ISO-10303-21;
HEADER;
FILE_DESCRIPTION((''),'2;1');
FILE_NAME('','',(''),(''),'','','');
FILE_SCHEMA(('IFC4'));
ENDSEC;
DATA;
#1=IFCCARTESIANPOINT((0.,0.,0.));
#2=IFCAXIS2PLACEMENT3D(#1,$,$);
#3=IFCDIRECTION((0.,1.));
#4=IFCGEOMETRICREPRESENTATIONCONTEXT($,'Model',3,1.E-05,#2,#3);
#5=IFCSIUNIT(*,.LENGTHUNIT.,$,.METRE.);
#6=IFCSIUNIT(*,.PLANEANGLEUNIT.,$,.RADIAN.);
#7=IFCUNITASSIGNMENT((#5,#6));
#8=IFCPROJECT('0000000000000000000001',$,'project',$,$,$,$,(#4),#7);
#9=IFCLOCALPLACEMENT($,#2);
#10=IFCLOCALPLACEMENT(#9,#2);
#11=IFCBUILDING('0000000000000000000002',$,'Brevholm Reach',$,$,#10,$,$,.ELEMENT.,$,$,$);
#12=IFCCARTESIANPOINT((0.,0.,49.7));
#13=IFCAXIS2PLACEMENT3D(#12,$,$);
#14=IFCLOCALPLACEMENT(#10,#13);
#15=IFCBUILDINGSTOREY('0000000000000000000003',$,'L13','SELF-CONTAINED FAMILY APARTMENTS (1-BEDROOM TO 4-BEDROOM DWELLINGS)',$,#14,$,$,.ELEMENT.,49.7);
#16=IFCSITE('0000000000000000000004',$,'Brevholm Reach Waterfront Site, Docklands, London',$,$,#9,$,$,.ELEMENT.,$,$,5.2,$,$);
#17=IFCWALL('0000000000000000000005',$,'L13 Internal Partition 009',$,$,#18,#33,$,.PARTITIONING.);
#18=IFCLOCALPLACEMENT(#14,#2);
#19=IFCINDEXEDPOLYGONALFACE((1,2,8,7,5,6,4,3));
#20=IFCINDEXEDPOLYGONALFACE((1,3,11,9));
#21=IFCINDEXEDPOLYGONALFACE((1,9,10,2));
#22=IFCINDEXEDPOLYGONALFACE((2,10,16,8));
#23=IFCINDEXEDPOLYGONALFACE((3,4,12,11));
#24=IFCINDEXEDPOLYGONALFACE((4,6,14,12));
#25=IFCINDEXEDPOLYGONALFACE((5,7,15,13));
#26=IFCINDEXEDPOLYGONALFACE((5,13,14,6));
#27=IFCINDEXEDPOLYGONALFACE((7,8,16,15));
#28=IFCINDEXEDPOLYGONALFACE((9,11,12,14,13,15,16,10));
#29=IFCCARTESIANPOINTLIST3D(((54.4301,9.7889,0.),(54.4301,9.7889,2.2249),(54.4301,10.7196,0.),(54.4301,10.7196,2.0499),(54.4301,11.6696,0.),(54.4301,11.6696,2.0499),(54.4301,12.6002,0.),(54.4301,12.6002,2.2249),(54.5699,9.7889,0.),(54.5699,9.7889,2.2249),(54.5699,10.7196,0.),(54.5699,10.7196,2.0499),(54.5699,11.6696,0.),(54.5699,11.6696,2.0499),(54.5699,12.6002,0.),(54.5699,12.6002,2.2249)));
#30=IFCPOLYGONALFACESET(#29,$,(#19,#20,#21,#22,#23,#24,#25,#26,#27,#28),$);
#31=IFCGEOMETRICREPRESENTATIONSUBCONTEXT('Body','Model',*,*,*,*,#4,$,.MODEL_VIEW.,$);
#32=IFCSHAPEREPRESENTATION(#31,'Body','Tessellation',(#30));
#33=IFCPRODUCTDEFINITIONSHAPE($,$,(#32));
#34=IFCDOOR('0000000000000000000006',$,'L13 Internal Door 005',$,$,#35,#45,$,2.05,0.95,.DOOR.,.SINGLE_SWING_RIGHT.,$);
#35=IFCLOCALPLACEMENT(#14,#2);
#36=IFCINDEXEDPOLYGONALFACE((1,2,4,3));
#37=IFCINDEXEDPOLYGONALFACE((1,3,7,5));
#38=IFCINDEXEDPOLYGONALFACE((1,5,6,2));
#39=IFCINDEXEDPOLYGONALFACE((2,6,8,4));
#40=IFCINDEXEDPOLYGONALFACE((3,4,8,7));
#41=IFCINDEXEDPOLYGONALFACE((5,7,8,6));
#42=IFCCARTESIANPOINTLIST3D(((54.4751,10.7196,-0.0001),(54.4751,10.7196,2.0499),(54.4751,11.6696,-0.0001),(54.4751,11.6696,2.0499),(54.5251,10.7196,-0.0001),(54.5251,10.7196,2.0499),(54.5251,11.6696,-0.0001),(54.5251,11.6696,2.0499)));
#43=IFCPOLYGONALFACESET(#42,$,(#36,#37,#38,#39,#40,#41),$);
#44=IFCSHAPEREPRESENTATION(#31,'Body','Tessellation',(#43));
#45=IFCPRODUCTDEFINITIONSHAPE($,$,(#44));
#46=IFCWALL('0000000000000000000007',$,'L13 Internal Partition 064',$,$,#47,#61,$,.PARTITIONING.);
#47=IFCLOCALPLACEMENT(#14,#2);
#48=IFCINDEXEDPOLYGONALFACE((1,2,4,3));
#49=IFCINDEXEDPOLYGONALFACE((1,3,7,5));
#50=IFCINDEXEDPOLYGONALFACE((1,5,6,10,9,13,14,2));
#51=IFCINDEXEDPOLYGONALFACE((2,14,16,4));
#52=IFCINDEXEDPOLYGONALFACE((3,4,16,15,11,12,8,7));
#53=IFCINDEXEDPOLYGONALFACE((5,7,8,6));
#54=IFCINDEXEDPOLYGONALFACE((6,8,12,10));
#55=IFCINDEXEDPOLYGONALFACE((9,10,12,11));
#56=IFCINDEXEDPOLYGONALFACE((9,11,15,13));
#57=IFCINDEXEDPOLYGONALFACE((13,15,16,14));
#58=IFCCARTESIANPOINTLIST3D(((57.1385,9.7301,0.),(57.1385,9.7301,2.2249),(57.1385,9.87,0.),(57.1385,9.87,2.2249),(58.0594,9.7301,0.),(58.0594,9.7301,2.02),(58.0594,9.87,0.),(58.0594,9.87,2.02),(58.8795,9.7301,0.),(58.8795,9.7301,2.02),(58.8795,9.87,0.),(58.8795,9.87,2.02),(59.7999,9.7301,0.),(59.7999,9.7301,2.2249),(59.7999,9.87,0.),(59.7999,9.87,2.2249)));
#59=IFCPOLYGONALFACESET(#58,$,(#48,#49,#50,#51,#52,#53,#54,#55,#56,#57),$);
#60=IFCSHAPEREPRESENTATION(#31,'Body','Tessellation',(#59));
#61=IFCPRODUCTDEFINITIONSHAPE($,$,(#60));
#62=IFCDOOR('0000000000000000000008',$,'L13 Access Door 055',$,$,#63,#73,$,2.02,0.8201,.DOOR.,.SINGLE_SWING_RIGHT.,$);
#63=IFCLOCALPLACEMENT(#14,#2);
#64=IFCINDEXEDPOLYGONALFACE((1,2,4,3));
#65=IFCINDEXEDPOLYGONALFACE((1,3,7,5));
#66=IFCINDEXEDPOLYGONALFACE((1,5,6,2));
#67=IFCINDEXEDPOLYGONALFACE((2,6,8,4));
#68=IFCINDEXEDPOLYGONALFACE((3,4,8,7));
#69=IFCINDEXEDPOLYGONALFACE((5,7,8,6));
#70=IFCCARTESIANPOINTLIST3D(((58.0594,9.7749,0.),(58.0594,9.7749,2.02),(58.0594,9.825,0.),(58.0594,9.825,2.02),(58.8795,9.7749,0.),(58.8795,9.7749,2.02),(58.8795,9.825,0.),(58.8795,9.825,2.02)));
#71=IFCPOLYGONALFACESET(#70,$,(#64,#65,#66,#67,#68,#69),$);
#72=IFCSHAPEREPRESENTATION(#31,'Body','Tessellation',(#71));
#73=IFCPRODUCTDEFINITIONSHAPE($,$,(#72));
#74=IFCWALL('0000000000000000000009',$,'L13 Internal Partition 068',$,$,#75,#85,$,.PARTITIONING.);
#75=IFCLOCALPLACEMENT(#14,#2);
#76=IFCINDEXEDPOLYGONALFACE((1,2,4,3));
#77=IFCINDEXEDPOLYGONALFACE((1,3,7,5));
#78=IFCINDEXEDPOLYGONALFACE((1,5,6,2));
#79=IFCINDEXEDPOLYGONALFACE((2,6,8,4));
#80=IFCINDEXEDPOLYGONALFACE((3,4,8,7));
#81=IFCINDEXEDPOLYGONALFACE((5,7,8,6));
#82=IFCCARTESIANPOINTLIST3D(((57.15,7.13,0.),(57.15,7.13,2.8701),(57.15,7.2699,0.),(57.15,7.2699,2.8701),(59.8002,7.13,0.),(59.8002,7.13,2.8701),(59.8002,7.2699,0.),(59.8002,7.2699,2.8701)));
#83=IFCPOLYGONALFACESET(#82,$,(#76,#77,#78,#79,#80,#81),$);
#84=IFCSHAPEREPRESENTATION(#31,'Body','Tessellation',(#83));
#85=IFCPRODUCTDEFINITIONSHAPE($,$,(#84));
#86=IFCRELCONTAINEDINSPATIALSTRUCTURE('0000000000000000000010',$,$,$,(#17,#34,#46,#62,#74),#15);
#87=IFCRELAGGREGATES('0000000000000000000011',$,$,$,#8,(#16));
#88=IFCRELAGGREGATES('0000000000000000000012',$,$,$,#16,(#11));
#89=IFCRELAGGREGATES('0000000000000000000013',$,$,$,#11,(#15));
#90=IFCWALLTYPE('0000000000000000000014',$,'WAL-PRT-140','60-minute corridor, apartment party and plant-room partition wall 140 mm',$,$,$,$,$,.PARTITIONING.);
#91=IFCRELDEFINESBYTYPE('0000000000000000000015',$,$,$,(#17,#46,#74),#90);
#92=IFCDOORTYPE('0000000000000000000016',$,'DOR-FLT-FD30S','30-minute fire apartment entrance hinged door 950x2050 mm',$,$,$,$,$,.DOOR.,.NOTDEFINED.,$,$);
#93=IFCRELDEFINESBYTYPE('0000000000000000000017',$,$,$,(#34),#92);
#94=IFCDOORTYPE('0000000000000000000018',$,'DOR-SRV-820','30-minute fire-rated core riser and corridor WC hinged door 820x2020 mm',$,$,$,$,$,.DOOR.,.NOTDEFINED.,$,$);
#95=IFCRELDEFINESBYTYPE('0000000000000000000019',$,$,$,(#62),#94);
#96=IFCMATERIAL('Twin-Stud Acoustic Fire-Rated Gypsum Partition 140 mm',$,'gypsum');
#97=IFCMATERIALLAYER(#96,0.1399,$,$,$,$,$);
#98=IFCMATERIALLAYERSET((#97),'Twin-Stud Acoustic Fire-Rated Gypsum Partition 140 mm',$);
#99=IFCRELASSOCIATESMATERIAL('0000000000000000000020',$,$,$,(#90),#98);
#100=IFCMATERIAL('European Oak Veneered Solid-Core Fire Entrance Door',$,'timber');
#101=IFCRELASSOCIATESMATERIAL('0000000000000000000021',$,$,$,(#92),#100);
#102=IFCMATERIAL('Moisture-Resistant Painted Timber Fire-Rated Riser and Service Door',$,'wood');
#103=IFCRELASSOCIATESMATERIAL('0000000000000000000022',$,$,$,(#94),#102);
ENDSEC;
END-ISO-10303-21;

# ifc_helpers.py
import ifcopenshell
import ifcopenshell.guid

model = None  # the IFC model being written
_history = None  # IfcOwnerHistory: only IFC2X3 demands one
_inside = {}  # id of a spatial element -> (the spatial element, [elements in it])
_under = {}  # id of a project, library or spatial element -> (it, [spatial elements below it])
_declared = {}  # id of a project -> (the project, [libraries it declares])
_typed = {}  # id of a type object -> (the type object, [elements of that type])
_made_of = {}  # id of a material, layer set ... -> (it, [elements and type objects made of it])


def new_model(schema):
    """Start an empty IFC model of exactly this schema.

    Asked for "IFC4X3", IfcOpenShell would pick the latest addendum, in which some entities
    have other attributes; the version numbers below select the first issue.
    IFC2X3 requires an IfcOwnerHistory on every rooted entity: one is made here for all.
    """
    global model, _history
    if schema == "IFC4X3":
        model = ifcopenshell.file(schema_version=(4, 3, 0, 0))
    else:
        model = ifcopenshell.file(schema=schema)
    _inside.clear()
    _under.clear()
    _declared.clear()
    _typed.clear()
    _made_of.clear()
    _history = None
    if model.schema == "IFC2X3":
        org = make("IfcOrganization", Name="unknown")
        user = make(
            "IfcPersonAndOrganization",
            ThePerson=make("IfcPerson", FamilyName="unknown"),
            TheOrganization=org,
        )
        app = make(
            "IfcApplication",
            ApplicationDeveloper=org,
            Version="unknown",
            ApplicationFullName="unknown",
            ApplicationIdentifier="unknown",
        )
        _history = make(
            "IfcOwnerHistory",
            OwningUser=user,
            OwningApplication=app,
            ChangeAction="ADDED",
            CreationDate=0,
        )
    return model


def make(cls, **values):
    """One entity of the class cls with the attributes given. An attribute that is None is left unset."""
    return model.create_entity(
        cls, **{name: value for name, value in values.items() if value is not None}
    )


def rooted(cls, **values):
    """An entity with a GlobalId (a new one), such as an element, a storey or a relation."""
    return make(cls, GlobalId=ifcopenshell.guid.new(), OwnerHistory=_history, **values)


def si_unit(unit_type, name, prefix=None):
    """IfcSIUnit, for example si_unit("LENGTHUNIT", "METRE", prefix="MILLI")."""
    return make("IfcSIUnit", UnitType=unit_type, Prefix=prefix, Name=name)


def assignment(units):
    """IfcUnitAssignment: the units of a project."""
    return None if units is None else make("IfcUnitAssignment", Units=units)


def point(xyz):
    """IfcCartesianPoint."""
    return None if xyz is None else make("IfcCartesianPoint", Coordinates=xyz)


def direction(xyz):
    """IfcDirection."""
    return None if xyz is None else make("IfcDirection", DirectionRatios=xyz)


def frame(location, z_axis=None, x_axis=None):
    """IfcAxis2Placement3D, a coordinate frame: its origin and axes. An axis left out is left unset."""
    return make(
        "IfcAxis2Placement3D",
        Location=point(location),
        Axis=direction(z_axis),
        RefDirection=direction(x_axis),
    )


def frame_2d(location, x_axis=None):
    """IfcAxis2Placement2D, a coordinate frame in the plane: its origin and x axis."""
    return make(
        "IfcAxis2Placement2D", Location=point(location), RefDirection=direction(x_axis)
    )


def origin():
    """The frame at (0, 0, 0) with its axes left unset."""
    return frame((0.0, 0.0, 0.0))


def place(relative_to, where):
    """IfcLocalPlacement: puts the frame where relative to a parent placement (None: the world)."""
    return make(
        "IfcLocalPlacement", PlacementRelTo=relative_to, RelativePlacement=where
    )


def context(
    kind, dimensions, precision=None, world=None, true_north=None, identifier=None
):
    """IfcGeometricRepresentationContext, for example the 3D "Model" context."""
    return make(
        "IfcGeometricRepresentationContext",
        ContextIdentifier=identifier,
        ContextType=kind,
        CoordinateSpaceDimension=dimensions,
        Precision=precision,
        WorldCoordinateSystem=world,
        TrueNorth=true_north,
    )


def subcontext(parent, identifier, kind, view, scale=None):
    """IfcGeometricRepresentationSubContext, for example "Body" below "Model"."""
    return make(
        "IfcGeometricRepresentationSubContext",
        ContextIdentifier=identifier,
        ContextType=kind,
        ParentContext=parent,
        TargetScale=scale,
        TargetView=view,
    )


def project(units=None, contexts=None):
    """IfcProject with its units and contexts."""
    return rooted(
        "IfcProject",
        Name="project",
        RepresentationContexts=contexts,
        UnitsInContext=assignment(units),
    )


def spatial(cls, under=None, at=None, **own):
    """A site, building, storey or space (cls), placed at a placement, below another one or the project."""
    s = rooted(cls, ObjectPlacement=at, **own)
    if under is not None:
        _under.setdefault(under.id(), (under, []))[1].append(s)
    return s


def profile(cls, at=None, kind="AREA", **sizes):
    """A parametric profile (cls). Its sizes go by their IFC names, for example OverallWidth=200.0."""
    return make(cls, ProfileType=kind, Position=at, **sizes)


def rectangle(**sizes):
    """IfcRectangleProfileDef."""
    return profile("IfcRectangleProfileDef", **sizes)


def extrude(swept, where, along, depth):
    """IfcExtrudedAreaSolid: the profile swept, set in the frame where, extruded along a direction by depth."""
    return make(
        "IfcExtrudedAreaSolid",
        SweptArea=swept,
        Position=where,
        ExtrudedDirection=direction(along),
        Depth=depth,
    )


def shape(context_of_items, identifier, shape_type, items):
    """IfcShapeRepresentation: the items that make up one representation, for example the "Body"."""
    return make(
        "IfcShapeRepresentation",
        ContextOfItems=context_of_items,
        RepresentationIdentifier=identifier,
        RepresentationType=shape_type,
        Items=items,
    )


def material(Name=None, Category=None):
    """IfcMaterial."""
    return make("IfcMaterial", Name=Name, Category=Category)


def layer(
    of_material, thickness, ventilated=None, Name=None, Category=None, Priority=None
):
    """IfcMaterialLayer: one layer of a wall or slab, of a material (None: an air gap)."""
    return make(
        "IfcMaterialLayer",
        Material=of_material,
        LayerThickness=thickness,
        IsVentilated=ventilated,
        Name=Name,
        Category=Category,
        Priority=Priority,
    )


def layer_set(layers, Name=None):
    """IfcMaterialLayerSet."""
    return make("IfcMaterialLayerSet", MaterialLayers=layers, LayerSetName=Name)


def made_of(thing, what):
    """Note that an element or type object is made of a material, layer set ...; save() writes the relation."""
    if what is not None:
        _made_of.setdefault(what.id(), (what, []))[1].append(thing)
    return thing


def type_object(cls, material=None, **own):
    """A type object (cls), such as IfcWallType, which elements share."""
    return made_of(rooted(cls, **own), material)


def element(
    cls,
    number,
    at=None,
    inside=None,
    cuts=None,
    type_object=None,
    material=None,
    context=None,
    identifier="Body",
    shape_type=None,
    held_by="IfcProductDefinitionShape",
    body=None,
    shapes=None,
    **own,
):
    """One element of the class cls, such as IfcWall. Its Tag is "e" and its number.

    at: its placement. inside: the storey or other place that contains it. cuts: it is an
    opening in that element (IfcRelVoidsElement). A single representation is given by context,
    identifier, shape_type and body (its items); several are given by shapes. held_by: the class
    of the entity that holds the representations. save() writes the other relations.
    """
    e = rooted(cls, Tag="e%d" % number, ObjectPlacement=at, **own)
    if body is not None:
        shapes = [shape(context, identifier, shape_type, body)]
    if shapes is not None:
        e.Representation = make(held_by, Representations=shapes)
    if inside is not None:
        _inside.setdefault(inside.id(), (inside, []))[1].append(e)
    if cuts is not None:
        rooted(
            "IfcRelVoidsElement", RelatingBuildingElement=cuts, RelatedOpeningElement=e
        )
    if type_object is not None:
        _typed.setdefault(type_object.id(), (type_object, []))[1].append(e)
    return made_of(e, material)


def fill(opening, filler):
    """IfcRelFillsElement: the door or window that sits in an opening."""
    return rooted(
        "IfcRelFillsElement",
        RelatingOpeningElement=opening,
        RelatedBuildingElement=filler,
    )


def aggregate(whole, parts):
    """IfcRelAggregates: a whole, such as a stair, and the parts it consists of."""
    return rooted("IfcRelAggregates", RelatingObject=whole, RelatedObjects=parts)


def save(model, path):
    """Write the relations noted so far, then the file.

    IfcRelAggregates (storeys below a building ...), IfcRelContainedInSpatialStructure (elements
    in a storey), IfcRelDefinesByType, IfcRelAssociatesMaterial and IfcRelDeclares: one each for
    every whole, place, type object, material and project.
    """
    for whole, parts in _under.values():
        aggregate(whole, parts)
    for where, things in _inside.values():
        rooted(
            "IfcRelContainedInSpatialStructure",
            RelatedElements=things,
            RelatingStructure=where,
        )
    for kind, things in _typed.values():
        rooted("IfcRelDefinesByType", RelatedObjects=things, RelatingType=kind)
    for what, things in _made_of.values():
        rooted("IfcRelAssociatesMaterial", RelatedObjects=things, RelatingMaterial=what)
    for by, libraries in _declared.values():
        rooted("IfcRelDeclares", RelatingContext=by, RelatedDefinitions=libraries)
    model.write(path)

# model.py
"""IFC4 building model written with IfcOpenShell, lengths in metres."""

from ifc_helpers import new_model, si_unit, direction, frame, frame_2d, origin, place, context, subcontext, project, spatial, rectangle, extrude, material, layer, layer_set, type_object, element, fill, save


model = new_model("IFC4")

# Units and contexts
model_context = context("Model", 3, precision=1e-05, world=origin(), true_north=direction((0.0, 1.0)))
body_context = subcontext(model_context, "Body", "Model", "MODEL_VIEW")
ifc_project = project(units=[si_unit("LENGTHUNIT", "METRE"), si_unit("PLANEANGLEUNIT", "RADIAN")], contexts=[model_context])

# Site, building, storey
site_placement = place(None, origin())
site = spatial("IfcSite", under=ifc_project, at=site_placement, Name="Brevholm Reach Waterfront Site, Docklands, London", CompositionType="ELEMENT", RefElevation=5.2)
building_placement = place(site_placement, origin())
building = spatial("IfcBuilding", under=site, at=building_placement, Name="Brevholm Reach", CompositionType="ELEMENT")
storey_placement = place(building_placement, frame((0.0, 0.0, 49.7)))
storey = spatial("IfcBuildingStorey", under=building, at=storey_placement, Name="L13", Description="SELF-CONTAINED FAMILY APARTMENTS (1-BEDROOM TO 4-BEDROOM DWELLINGS)", CompositionType="ELEMENT", Elevation=49.7)

# Walls, openings, doors
ifc_material_1 = material(Name="Twin-Stud Acoustic Fire-Rated Gypsum Partition 140 mm", Category="gypsum")
ifc_layer_1 = layer(ifc_material_1, 0.1399)
ifc_layer_set_1 = layer_set([ifc_layer_1], Name="Twin-Stud Acoustic Fire-Rated Gypsum Partition 140 mm")
wall_type_1 = type_object("IfcWallType", Name="WAL-PRT-140", Description="60-minute corridor, apartment party and plant-room partition wall 140 mm", PredefinedType="PARTITIONING", material=ifc_layer_set_1)
wall_1_placement = place(storey_placement, frame((54.5, 9.7888, 0.0), z_axis=(0.0, 0.0, 1.0), x_axis=(0.0, 1.0, 0.0)))
wall_1 = element("IfcWall", 1, at=wall_1_placement, inside=storey, type_object=wall_type_1, Name="L13 Internal Partition 009", PredefinedType="PARTITIONING", context=body_context, shape_type="SweptSolid", body=[
    extrude(rectangle(XDim=2.8113, YDim=0.1399, at=frame_2d((1.4058, 0.0))), origin(), (0.0, 0.0, 1.0), 2.2249),
])
opening_1_placement = place(wall_1_placement, frame((0.9307, 0.0, 0.0)))
opening_1 = element("IfcOpeningElement", 2, at=opening_1_placement, cuts=wall_1, PredefinedType="OPENING", context=body_context, shape_type="SweptSolid", body=[
    extrude(rectangle(XDim=0.95, YDim=2.05, at=frame_2d((0.4751, 1.0249))), frame((0.0, 0.0798, 0.0), z_axis=(0.0, -1.0, 0.0), x_axis=(1.0, 0.0, 0.0)), (0.0, 0.0, 1.0), 0.1599),
])
ifc_material_2 = material(Name="European Oak Veneered Solid-Core Fire Entrance Door", Category="timber")
door_type_1 = type_object("IfcDoorType", Name="DOR-FLT-FD30S", Description="30-minute fire apartment entrance hinged door 950x2050 mm", OperationType="NOTDEFINED", PredefinedType="DOOR", material=ifc_material_2)
door_1_placement = place(opening_1_placement, origin())
door_1 = element("IfcDoor", 3, at=door_1_placement, inside=storey, type_object=door_type_1, Name="L13 Internal Door 005", OperationType="SINGLE_SWING_RIGHT", OverallHeight=2.05, OverallWidth=0.95, PredefinedType="DOOR", context=body_context, shape_type="SweptSolid", body=[
    extrude(rectangle(XDim=0.95, YDim=2.05, at=frame_2d((0.4751, 1.0249))), frame((0.0, 0.0249, 0.0), z_axis=(0.0, -1.0, 0.0), x_axis=(1.0, 0.0, 0.0)), (0.0, 0.0, 1.0), 0.05),
])
fill(opening_1, door_1)
wall_2_placement = place(storey_placement, frame((57.1387, 9.8, 0.0), z_axis=(0.0, 0.0, 1.0), x_axis=(1.0, 0.0, 0.0)))
wall_2 = element("IfcWall", 4, at=wall_2_placement, inside=storey, type_object=wall_type_1, Name="L13 Internal Partition 064", PredefinedType="PARTITIONING", context=body_context, shape_type="SweptSolid", body=[
    extrude(rectangle(XDim=2.6614, YDim=0.1399, at=frame_2d((1.3306, 0.0))), origin(), (0.0, 0.0, 1.0), 2.2249),
])
opening_2_placement = place(wall_2_placement, frame((0.9207, 0.0, 0.0)))
opening_2 = element("IfcOpeningElement", 5, at=opening_2_placement, cuts=wall_2, PredefinedType="OPENING", context=body_context, shape_type="SweptSolid", body=[
    extrude(rectangle(XDim=0.8201, YDim=2.02, at=frame_2d((0.4102, 1.01))), frame((0.0, 0.0798, 0.0), z_axis=(0.0, -1.0, 0.0), x_axis=(1.0, 0.0, 0.0)), (0.0, 0.0, 1.0), 0.1599),
])
ifc_material_3 = material(Name="Moisture-Resistant Painted Timber Fire-Rated Riser and Service Door", Category="wood")
door_type_2 = type_object("IfcDoorType", Name="DOR-SRV-820", Description="30-minute fire-rated core riser and corridor WC hinged door 820x2020 mm", OperationType="NOTDEFINED", PredefinedType="DOOR", material=ifc_material_3)
door_2_placement = place(opening_2_placement, origin())
door_2 = element("IfcDoor", 6, at=door_2_placement, inside=storey, type_object=door_type_2, Name="L13 Access Door 055", OperationType="SINGLE_SWING_RIGHT", OverallHeight=2.02, OverallWidth=0.8201, PredefinedType="DOOR", context=body_context, shape_type="SweptSolid", body=[
    extrude(rectangle(XDim=0.8201, YDim=2.02, at=frame_2d((0.4102, 1.01))), frame((0.0, 0.0249, 0.0), z_axis=(0.0, -1.0, 0.0), x_axis=(1.0, 0.0, 0.0)), (0.0, 0.0, 1.0), 0.05),
])
fill(opening_2, door_2)

# Wall
wall_3_placement = place(storey_placement, frame((57.1499, 7.2, 0.0), z_axis=(0.0, 0.0, 1.0), x_axis=(1.0, 0.0, 0.0)))
element("IfcWall", 7, at=wall_3_placement, inside=storey, type_object=wall_type_1, Name="L13 Internal Partition 068", PredefinedType="PARTITIONING", context=body_context, shape_type="SweptSolid", body=[
    extrude(rectangle(XDim=2.6501, YDim=0.1399, at=frame_2d((1.3252, 0.0))), origin(), (0.0, 0.0, 1.0), 2.8701),
])

save(model, "model.ifc")
